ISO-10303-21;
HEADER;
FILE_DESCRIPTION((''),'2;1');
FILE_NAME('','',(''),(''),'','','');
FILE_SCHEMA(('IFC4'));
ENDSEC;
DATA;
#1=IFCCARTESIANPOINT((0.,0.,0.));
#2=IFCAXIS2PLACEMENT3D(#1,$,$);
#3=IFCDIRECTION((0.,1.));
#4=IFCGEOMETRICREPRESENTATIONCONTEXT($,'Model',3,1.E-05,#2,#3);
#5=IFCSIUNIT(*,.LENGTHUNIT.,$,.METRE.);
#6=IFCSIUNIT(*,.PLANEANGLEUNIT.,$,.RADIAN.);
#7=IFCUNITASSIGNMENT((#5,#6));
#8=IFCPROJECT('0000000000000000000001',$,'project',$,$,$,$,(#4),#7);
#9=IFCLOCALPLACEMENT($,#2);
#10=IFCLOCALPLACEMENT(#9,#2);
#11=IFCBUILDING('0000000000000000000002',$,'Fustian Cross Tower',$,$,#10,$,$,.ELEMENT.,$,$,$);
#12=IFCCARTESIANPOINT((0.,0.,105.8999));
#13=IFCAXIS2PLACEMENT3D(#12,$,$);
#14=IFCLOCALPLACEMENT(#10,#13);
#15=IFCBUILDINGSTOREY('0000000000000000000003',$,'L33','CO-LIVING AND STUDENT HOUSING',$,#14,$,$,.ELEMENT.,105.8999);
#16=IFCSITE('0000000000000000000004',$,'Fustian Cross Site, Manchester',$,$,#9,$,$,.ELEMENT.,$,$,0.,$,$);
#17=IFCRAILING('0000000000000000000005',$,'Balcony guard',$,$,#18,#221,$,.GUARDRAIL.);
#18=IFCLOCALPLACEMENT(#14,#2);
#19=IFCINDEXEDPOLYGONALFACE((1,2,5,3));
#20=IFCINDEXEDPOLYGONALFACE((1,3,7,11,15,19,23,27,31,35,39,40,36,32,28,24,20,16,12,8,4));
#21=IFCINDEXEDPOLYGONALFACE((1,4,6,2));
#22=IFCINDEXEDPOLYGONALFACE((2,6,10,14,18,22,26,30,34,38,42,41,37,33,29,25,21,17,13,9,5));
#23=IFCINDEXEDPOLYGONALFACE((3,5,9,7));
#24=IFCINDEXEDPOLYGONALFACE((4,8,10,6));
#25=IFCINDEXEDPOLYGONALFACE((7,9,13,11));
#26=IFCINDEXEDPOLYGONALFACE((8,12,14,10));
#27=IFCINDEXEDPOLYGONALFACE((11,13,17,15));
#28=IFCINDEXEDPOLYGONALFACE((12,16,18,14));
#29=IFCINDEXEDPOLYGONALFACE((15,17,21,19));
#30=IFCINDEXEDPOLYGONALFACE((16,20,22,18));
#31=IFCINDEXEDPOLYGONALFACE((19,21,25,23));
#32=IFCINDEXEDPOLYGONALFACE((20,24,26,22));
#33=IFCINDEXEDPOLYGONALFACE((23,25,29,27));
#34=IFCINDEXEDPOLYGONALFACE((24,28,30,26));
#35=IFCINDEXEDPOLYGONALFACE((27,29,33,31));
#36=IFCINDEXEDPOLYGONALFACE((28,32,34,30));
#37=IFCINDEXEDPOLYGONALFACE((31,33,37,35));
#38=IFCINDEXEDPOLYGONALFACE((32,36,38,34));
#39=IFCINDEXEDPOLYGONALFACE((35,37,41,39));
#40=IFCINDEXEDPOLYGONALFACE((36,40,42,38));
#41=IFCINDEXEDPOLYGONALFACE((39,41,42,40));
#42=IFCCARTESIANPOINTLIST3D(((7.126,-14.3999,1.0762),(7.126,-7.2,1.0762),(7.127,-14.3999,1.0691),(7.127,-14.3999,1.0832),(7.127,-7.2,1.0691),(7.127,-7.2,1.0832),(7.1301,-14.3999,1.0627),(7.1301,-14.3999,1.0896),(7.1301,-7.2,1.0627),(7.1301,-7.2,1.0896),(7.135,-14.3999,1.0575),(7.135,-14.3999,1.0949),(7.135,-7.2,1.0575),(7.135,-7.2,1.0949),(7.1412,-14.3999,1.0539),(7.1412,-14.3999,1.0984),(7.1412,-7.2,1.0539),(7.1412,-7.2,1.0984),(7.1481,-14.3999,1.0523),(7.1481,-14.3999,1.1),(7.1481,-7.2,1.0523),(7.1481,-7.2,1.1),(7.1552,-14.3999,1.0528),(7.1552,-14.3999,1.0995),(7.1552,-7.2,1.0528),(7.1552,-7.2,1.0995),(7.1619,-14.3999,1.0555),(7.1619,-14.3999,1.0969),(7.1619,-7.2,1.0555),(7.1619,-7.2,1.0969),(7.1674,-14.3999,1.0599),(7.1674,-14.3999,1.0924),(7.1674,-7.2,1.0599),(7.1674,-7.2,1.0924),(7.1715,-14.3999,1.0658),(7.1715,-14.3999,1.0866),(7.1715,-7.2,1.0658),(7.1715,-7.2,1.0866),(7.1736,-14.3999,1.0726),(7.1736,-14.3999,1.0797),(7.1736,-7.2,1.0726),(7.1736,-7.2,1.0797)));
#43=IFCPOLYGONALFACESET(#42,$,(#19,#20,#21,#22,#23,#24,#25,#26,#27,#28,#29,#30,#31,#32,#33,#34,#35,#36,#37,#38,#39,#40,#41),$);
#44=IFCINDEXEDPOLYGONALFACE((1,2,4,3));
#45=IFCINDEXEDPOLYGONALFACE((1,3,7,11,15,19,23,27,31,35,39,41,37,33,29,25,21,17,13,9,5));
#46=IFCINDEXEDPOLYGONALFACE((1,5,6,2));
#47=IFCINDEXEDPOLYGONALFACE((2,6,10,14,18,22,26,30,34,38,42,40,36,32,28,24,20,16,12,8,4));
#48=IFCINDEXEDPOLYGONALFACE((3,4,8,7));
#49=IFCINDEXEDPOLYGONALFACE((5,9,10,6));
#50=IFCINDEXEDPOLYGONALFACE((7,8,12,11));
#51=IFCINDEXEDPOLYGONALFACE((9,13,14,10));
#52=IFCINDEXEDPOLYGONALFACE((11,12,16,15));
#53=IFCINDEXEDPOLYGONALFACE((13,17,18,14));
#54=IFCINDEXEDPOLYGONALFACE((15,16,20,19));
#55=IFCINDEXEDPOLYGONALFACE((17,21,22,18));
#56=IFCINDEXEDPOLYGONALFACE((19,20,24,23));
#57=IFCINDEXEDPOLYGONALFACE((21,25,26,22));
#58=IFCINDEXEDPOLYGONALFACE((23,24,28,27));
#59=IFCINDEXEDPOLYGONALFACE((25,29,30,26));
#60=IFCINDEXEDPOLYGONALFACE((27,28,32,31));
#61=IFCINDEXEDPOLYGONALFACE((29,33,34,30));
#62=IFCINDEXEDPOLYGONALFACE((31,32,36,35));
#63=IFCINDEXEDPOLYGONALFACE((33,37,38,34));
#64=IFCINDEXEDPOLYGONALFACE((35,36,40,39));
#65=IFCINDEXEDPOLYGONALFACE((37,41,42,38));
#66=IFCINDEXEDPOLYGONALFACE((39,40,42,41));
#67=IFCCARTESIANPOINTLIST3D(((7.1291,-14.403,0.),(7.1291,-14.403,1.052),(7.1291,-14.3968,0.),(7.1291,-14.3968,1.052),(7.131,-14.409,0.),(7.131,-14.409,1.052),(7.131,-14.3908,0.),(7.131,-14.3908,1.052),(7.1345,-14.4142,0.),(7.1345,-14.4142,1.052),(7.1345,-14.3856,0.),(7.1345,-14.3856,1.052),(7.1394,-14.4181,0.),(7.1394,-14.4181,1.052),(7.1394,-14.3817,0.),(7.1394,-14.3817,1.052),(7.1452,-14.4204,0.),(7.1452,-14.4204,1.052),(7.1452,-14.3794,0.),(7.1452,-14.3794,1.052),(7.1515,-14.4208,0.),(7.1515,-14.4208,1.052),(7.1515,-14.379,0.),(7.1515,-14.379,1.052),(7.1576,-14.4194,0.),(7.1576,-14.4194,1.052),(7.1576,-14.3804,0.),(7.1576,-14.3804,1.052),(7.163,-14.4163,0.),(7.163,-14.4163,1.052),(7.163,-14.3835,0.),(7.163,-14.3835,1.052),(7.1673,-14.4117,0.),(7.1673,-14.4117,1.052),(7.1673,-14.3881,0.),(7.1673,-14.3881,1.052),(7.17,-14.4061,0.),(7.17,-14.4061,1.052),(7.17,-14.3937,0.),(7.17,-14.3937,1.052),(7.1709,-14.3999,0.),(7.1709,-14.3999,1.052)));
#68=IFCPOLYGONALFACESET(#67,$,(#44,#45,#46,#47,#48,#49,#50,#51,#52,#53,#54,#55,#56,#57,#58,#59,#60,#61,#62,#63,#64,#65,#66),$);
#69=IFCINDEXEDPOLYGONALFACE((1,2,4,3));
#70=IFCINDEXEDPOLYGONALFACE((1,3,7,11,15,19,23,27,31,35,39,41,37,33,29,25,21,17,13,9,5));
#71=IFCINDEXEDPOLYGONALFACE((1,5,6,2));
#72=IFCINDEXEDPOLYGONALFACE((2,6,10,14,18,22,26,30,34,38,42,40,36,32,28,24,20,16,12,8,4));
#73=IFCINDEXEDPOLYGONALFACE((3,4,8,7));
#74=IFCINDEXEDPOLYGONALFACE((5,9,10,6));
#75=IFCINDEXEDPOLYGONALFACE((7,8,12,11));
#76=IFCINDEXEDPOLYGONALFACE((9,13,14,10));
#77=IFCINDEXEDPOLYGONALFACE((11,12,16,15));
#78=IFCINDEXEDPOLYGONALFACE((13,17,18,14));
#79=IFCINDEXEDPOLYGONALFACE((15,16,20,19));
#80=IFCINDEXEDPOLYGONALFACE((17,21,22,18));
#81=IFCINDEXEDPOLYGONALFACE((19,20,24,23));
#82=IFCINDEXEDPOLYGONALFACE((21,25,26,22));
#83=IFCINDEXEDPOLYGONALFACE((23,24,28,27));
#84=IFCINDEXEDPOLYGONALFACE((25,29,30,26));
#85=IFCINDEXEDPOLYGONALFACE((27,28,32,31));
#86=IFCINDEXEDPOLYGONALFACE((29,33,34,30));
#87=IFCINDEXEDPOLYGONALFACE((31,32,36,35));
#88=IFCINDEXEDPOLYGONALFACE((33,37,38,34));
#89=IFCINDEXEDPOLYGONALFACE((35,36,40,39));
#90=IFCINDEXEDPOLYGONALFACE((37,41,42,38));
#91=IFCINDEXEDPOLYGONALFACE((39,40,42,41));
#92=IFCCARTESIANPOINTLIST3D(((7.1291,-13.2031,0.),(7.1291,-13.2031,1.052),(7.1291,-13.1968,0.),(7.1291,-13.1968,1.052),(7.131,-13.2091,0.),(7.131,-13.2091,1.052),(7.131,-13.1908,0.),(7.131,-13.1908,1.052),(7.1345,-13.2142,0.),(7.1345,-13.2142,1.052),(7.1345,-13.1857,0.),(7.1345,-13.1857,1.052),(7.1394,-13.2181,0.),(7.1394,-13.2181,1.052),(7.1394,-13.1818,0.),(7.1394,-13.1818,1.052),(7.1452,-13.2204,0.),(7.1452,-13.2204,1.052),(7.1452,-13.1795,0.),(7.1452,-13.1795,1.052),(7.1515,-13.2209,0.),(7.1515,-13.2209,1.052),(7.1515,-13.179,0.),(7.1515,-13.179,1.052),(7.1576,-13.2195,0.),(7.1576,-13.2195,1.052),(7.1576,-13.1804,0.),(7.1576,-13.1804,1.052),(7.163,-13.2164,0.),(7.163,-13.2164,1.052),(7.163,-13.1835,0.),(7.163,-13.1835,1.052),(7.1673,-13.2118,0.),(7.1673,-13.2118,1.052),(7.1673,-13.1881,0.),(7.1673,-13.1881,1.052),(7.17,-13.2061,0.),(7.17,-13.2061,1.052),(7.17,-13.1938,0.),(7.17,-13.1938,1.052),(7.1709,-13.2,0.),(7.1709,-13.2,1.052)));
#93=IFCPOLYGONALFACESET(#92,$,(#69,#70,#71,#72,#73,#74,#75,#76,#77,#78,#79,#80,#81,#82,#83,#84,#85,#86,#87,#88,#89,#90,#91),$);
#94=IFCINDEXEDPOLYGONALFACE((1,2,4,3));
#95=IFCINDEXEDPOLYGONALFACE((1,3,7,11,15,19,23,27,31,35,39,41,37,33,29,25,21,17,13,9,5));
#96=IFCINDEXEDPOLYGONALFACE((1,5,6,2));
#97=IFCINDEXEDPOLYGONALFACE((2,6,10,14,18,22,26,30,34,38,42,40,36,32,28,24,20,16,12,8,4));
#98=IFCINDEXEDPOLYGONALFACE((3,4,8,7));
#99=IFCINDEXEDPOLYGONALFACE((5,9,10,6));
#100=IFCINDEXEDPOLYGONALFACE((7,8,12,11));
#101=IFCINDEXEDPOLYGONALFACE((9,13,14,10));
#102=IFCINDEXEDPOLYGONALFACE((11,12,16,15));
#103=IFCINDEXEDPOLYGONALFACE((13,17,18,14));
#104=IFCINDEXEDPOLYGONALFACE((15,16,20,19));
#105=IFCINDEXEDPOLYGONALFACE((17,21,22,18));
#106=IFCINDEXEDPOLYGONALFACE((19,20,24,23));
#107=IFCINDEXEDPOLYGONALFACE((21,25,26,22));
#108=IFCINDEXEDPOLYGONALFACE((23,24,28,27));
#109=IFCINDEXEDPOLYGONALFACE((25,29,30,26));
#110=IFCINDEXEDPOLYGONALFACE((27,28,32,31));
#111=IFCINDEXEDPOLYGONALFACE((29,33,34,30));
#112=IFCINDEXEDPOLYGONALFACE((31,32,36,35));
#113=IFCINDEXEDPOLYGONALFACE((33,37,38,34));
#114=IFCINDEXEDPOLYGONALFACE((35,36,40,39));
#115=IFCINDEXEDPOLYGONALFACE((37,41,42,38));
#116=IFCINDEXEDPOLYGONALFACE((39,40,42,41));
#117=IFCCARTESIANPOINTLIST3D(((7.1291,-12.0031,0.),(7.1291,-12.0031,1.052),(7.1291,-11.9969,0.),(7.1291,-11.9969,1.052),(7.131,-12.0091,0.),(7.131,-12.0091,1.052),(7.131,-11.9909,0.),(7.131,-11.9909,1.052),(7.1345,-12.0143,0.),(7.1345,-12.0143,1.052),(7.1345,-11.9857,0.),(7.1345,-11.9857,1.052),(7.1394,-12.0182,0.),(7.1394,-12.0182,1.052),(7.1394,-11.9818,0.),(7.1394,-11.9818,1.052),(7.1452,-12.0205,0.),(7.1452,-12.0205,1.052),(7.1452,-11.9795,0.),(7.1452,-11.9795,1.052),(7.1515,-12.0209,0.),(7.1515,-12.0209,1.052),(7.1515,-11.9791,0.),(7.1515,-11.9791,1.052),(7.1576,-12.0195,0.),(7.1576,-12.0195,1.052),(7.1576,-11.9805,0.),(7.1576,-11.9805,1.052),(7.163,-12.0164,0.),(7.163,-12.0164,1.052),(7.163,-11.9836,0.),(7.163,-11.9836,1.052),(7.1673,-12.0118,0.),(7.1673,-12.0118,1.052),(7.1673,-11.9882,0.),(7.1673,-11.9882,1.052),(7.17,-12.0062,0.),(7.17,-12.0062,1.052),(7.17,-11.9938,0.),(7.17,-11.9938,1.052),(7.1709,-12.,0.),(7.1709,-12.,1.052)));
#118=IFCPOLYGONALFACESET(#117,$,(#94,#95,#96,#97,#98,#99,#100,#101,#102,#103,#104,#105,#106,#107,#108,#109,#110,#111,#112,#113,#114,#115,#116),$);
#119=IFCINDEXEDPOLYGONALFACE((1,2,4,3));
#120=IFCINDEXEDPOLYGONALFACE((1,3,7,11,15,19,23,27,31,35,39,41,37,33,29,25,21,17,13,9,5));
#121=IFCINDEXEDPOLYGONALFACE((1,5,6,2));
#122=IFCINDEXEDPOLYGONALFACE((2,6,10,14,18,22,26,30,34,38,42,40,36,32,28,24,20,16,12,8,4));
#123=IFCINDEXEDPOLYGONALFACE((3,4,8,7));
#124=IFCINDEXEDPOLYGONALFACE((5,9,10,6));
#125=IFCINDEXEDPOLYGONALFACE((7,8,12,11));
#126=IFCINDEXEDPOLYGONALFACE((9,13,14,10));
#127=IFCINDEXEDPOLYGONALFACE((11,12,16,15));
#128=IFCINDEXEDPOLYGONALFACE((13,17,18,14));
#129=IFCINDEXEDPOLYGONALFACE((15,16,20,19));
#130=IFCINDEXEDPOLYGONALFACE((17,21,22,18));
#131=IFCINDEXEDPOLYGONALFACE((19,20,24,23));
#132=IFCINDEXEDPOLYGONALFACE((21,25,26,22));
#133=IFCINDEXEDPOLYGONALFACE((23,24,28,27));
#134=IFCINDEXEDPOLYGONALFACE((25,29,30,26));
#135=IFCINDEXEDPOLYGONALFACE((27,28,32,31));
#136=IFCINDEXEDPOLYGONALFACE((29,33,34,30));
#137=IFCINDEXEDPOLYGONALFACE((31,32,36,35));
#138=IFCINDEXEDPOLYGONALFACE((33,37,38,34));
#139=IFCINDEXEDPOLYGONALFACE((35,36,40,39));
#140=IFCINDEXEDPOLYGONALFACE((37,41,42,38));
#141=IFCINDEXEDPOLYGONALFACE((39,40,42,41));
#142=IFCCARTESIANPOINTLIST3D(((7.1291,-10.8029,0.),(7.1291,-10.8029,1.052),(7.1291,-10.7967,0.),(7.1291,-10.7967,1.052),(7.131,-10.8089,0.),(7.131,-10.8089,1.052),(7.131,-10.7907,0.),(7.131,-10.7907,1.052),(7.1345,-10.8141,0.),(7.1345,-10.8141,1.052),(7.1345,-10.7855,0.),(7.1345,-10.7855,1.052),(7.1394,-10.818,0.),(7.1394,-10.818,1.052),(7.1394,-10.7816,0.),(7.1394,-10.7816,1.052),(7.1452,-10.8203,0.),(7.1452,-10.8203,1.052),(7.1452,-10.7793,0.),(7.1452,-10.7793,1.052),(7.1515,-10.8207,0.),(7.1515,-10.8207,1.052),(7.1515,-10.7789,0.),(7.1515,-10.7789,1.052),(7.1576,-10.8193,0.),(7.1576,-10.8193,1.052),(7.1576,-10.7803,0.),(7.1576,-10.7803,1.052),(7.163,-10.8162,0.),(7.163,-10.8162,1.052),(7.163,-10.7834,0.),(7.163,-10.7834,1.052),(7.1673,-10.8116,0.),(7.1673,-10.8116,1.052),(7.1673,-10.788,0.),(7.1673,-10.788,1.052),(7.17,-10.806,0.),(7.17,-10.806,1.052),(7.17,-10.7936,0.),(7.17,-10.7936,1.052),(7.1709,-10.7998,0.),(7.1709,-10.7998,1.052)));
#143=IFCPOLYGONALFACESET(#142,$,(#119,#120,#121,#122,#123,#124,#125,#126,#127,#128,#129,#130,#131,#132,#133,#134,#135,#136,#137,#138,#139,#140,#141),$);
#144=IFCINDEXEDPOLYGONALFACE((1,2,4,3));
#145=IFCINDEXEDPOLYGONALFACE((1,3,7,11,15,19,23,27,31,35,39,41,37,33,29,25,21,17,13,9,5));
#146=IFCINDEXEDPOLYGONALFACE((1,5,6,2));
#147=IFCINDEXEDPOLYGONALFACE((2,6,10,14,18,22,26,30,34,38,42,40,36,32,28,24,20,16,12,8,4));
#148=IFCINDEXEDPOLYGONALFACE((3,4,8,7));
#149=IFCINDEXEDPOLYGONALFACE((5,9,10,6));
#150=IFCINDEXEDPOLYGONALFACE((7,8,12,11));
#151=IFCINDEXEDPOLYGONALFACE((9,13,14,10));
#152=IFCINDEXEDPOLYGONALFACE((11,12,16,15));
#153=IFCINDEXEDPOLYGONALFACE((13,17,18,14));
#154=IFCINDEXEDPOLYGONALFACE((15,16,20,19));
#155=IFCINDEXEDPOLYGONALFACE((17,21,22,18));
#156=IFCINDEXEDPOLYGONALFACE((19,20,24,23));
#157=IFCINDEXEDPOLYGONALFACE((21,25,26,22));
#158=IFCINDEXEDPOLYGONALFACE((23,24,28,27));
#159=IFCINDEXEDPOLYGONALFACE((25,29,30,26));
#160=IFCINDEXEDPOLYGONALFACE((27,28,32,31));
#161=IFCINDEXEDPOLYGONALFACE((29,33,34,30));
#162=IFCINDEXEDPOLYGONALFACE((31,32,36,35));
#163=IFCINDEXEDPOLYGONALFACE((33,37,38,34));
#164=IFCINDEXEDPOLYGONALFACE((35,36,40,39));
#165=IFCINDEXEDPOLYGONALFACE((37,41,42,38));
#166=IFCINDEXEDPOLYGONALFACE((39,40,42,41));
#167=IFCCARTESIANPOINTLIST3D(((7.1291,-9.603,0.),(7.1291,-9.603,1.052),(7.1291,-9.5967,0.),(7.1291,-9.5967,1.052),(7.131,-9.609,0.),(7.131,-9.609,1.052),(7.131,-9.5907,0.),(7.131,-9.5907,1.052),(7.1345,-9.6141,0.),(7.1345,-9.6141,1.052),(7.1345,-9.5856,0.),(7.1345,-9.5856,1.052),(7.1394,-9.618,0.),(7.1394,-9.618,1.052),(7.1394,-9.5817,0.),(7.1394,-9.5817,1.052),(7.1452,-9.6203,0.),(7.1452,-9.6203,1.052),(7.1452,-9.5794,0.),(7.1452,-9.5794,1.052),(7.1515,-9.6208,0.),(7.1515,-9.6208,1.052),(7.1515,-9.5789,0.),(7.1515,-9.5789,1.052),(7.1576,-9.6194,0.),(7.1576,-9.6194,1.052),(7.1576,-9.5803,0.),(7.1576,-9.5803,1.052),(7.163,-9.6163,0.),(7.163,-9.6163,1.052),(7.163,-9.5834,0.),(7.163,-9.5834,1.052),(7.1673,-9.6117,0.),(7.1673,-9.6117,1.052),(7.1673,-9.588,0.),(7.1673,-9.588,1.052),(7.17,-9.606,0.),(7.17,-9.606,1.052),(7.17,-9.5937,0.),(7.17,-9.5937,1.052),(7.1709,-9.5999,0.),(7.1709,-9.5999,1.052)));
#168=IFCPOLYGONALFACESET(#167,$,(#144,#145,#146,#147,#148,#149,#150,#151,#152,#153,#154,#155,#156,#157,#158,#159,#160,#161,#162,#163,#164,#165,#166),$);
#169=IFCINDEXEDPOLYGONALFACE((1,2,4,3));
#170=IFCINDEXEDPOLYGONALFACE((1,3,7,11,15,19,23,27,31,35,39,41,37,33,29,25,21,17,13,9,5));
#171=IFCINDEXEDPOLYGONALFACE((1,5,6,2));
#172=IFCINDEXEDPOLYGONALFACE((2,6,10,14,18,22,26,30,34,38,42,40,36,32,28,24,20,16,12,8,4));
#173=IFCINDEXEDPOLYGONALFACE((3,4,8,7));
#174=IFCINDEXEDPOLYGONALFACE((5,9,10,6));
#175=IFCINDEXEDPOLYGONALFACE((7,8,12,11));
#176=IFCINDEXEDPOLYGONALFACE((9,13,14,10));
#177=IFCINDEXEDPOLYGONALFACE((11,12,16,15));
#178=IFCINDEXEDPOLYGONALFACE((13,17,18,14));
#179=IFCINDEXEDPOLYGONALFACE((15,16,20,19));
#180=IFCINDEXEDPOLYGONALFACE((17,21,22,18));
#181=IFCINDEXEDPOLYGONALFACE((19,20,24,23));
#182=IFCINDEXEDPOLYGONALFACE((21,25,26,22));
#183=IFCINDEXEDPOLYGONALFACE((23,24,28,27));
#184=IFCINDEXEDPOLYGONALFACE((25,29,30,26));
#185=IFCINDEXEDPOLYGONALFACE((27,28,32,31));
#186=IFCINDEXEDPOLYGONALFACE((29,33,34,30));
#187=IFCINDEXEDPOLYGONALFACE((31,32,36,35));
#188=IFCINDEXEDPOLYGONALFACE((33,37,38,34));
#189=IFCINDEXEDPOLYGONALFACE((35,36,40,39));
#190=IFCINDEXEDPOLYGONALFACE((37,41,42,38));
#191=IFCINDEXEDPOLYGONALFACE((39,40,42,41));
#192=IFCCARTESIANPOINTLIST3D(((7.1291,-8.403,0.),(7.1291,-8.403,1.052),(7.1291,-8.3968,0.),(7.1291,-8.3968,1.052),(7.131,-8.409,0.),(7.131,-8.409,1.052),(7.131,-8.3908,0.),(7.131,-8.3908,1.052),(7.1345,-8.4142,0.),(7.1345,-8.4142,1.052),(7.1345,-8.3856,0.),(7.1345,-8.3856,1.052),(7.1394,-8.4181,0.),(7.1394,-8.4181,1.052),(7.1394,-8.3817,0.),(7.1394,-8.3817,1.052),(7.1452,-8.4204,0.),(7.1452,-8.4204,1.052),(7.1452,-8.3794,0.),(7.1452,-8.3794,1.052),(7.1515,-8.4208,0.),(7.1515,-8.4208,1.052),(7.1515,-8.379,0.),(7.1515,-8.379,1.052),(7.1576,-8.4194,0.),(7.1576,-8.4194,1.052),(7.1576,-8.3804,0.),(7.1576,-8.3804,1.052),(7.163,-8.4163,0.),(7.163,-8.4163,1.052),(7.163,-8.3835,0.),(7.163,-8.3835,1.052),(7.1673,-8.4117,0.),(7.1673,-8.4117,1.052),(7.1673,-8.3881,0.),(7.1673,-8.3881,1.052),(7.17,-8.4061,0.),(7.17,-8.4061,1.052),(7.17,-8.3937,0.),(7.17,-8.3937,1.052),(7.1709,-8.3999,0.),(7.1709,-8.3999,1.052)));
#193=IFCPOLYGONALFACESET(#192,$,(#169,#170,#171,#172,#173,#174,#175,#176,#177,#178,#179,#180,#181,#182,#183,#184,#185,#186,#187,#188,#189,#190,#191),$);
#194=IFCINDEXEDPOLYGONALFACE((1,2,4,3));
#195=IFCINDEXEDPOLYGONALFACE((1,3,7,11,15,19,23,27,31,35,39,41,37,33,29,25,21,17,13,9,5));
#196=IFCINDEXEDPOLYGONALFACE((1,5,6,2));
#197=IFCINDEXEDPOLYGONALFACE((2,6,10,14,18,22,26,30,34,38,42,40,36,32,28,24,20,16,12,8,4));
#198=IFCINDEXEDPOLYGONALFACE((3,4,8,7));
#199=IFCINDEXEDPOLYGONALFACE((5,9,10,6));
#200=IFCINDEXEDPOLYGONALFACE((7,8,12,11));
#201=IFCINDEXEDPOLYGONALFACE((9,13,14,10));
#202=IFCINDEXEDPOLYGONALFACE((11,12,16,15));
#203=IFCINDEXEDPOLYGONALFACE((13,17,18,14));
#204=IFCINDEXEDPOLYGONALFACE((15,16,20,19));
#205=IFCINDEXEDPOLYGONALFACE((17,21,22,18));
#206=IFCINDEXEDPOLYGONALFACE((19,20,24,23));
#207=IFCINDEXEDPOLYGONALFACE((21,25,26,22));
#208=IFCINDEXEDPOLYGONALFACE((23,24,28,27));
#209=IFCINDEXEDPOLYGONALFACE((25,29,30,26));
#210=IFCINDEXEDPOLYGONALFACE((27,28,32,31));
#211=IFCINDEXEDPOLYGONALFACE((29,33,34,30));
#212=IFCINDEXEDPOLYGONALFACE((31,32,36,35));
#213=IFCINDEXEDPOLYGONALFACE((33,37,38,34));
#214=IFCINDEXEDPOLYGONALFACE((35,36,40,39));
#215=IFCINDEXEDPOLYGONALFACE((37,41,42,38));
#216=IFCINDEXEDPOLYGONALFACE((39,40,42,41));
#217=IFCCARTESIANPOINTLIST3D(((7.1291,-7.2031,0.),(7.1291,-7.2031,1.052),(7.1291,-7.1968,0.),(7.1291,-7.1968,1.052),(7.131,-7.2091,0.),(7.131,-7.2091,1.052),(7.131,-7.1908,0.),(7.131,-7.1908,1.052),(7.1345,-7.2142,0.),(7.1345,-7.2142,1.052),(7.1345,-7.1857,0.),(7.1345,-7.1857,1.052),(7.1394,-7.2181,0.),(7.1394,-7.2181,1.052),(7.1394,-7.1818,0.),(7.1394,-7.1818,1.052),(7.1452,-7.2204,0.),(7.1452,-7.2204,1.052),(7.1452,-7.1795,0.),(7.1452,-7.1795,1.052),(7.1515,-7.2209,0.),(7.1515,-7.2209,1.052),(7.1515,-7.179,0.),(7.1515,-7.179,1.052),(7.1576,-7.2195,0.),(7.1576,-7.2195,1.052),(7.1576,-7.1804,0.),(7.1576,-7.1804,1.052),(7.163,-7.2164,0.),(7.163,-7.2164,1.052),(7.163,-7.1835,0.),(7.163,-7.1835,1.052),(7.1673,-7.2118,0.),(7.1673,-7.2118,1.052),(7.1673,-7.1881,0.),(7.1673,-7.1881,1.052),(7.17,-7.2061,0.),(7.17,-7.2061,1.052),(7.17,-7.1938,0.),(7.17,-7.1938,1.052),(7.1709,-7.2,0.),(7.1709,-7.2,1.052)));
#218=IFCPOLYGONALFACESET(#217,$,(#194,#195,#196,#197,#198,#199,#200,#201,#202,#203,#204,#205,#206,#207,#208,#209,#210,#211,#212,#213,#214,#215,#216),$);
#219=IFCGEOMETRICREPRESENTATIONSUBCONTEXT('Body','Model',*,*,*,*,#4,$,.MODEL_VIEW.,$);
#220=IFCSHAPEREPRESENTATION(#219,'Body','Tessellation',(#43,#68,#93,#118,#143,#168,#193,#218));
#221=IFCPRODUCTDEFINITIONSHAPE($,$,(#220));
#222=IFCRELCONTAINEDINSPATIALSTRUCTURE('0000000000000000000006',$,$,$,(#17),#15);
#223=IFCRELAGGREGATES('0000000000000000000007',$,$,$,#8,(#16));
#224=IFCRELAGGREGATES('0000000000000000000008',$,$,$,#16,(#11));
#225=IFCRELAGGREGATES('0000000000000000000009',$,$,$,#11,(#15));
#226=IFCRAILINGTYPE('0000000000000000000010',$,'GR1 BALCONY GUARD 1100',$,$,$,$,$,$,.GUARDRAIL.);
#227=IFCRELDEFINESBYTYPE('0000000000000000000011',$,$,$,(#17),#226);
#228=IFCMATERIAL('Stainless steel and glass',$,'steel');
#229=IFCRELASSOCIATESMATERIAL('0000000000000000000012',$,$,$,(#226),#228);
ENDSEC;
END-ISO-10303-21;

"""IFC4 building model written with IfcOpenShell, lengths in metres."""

from ifc_helpers import new_model, si_unit, direction, frame, origin, origin_2d, place, context, subcontext, project, spatial, circle, extrude, material, type_object, element, save


model = new_model("IFC4")

# Units and contexts
model_context = context("Model", 3, precision=1e-05, world=origin(), true_north=direction((0.0, 1.0)))
body_context = subcontext(model_context, "Body", "Model", "MODEL_VIEW")
ifc_project = project(units=[si_unit("LENGTHUNIT", "METRE"), si_unit("PLANEANGLEUNIT", "RADIAN")], contexts=[model_context])

# Site, building, storey
site_placement = place(None, origin())
site = spatial("IfcSite", under=ifc_project, at=site_placement, Name="Fustian Cross Site, Manchester", CompositionType="ELEMENT", RefElevation=0.0)
building_placement = place(site_placement, origin())
building = spatial("IfcBuilding", under=site, at=building_placement, Name="Fustian Cross Tower", CompositionType="ELEMENT")
storey_placement = place(building_placement, frame((0.0, 0.0, 105.8999)))
storey = spatial("IfcBuildingStorey", under=building, at=storey_placement, Name="L33", Description="CO-LIVING AND STUDENT HOUSING", CompositionType="ELEMENT", Elevation=105.8999)

# Railing
ifc_material_1 = material(Name="Stainless steel and glass", Category="steel")
railing_type = type_object("IfcRailingType", Name="GR1 BALCONY GUARD 1100", PredefinedType="GUARDRAIL", material=ifc_material_1)
railing_placement = place(storey_placement, frame((7.1499, -14.3999, 0.0)))
element("IfcRailing", 1, at=railing_placement, inside=storey, type_object=railing_type, Name="Balcony guard", PredefinedType="GUARDRAIL", context=body_context, shape_type="SweptSolid", body=[
    extrude(circle(Radius=0.0239, at=origin_2d()), frame((0.0, 0.0, 1.0762), z_axis=(0.0, 1.0, 0.0), x_axis=(-1.0, 0.0, 0.0)), (0.0, 0.0, 1.0), 7.2),
    extrude(circle(Radius=0.021, at=origin_2d()), origin(), (0.0, 0.0, 1.0), 1.052),
    extrude(circle(Radius=0.021, at=origin_2d()), frame((0.0, 1.2, 0.0)), (0.0, 0.0, 1.0), 1.052),
    extrude(circle(Radius=0.021, at=origin_2d()), frame((0.0, 2.3999, 0.0)), (0.0, 0.0, 1.0), 1.052),
    extrude(circle(Radius=0.021, at=origin_2d()), frame((0.0, 3.6001, 0.0)), (0.0, 0.0, 1.0), 1.052),
    extrude(circle(Radius=0.021, at=origin_2d()), frame((0.0, 4.8, 0.0)), (0.0, 0.0, 1.0), 1.052),
    extrude(circle(Radius=0.021, at=origin_2d()), frame((0.0, 6.0, 0.0)), (0.0, 0.0, 1.0), 1.052),
    extrude(circle(Radius=0.021, at=origin_2d()), frame((0.0, 7.2, 0.0)), (0.0, 0.0, 1.0), 1.052),
])

save(model, "model.ifc")
